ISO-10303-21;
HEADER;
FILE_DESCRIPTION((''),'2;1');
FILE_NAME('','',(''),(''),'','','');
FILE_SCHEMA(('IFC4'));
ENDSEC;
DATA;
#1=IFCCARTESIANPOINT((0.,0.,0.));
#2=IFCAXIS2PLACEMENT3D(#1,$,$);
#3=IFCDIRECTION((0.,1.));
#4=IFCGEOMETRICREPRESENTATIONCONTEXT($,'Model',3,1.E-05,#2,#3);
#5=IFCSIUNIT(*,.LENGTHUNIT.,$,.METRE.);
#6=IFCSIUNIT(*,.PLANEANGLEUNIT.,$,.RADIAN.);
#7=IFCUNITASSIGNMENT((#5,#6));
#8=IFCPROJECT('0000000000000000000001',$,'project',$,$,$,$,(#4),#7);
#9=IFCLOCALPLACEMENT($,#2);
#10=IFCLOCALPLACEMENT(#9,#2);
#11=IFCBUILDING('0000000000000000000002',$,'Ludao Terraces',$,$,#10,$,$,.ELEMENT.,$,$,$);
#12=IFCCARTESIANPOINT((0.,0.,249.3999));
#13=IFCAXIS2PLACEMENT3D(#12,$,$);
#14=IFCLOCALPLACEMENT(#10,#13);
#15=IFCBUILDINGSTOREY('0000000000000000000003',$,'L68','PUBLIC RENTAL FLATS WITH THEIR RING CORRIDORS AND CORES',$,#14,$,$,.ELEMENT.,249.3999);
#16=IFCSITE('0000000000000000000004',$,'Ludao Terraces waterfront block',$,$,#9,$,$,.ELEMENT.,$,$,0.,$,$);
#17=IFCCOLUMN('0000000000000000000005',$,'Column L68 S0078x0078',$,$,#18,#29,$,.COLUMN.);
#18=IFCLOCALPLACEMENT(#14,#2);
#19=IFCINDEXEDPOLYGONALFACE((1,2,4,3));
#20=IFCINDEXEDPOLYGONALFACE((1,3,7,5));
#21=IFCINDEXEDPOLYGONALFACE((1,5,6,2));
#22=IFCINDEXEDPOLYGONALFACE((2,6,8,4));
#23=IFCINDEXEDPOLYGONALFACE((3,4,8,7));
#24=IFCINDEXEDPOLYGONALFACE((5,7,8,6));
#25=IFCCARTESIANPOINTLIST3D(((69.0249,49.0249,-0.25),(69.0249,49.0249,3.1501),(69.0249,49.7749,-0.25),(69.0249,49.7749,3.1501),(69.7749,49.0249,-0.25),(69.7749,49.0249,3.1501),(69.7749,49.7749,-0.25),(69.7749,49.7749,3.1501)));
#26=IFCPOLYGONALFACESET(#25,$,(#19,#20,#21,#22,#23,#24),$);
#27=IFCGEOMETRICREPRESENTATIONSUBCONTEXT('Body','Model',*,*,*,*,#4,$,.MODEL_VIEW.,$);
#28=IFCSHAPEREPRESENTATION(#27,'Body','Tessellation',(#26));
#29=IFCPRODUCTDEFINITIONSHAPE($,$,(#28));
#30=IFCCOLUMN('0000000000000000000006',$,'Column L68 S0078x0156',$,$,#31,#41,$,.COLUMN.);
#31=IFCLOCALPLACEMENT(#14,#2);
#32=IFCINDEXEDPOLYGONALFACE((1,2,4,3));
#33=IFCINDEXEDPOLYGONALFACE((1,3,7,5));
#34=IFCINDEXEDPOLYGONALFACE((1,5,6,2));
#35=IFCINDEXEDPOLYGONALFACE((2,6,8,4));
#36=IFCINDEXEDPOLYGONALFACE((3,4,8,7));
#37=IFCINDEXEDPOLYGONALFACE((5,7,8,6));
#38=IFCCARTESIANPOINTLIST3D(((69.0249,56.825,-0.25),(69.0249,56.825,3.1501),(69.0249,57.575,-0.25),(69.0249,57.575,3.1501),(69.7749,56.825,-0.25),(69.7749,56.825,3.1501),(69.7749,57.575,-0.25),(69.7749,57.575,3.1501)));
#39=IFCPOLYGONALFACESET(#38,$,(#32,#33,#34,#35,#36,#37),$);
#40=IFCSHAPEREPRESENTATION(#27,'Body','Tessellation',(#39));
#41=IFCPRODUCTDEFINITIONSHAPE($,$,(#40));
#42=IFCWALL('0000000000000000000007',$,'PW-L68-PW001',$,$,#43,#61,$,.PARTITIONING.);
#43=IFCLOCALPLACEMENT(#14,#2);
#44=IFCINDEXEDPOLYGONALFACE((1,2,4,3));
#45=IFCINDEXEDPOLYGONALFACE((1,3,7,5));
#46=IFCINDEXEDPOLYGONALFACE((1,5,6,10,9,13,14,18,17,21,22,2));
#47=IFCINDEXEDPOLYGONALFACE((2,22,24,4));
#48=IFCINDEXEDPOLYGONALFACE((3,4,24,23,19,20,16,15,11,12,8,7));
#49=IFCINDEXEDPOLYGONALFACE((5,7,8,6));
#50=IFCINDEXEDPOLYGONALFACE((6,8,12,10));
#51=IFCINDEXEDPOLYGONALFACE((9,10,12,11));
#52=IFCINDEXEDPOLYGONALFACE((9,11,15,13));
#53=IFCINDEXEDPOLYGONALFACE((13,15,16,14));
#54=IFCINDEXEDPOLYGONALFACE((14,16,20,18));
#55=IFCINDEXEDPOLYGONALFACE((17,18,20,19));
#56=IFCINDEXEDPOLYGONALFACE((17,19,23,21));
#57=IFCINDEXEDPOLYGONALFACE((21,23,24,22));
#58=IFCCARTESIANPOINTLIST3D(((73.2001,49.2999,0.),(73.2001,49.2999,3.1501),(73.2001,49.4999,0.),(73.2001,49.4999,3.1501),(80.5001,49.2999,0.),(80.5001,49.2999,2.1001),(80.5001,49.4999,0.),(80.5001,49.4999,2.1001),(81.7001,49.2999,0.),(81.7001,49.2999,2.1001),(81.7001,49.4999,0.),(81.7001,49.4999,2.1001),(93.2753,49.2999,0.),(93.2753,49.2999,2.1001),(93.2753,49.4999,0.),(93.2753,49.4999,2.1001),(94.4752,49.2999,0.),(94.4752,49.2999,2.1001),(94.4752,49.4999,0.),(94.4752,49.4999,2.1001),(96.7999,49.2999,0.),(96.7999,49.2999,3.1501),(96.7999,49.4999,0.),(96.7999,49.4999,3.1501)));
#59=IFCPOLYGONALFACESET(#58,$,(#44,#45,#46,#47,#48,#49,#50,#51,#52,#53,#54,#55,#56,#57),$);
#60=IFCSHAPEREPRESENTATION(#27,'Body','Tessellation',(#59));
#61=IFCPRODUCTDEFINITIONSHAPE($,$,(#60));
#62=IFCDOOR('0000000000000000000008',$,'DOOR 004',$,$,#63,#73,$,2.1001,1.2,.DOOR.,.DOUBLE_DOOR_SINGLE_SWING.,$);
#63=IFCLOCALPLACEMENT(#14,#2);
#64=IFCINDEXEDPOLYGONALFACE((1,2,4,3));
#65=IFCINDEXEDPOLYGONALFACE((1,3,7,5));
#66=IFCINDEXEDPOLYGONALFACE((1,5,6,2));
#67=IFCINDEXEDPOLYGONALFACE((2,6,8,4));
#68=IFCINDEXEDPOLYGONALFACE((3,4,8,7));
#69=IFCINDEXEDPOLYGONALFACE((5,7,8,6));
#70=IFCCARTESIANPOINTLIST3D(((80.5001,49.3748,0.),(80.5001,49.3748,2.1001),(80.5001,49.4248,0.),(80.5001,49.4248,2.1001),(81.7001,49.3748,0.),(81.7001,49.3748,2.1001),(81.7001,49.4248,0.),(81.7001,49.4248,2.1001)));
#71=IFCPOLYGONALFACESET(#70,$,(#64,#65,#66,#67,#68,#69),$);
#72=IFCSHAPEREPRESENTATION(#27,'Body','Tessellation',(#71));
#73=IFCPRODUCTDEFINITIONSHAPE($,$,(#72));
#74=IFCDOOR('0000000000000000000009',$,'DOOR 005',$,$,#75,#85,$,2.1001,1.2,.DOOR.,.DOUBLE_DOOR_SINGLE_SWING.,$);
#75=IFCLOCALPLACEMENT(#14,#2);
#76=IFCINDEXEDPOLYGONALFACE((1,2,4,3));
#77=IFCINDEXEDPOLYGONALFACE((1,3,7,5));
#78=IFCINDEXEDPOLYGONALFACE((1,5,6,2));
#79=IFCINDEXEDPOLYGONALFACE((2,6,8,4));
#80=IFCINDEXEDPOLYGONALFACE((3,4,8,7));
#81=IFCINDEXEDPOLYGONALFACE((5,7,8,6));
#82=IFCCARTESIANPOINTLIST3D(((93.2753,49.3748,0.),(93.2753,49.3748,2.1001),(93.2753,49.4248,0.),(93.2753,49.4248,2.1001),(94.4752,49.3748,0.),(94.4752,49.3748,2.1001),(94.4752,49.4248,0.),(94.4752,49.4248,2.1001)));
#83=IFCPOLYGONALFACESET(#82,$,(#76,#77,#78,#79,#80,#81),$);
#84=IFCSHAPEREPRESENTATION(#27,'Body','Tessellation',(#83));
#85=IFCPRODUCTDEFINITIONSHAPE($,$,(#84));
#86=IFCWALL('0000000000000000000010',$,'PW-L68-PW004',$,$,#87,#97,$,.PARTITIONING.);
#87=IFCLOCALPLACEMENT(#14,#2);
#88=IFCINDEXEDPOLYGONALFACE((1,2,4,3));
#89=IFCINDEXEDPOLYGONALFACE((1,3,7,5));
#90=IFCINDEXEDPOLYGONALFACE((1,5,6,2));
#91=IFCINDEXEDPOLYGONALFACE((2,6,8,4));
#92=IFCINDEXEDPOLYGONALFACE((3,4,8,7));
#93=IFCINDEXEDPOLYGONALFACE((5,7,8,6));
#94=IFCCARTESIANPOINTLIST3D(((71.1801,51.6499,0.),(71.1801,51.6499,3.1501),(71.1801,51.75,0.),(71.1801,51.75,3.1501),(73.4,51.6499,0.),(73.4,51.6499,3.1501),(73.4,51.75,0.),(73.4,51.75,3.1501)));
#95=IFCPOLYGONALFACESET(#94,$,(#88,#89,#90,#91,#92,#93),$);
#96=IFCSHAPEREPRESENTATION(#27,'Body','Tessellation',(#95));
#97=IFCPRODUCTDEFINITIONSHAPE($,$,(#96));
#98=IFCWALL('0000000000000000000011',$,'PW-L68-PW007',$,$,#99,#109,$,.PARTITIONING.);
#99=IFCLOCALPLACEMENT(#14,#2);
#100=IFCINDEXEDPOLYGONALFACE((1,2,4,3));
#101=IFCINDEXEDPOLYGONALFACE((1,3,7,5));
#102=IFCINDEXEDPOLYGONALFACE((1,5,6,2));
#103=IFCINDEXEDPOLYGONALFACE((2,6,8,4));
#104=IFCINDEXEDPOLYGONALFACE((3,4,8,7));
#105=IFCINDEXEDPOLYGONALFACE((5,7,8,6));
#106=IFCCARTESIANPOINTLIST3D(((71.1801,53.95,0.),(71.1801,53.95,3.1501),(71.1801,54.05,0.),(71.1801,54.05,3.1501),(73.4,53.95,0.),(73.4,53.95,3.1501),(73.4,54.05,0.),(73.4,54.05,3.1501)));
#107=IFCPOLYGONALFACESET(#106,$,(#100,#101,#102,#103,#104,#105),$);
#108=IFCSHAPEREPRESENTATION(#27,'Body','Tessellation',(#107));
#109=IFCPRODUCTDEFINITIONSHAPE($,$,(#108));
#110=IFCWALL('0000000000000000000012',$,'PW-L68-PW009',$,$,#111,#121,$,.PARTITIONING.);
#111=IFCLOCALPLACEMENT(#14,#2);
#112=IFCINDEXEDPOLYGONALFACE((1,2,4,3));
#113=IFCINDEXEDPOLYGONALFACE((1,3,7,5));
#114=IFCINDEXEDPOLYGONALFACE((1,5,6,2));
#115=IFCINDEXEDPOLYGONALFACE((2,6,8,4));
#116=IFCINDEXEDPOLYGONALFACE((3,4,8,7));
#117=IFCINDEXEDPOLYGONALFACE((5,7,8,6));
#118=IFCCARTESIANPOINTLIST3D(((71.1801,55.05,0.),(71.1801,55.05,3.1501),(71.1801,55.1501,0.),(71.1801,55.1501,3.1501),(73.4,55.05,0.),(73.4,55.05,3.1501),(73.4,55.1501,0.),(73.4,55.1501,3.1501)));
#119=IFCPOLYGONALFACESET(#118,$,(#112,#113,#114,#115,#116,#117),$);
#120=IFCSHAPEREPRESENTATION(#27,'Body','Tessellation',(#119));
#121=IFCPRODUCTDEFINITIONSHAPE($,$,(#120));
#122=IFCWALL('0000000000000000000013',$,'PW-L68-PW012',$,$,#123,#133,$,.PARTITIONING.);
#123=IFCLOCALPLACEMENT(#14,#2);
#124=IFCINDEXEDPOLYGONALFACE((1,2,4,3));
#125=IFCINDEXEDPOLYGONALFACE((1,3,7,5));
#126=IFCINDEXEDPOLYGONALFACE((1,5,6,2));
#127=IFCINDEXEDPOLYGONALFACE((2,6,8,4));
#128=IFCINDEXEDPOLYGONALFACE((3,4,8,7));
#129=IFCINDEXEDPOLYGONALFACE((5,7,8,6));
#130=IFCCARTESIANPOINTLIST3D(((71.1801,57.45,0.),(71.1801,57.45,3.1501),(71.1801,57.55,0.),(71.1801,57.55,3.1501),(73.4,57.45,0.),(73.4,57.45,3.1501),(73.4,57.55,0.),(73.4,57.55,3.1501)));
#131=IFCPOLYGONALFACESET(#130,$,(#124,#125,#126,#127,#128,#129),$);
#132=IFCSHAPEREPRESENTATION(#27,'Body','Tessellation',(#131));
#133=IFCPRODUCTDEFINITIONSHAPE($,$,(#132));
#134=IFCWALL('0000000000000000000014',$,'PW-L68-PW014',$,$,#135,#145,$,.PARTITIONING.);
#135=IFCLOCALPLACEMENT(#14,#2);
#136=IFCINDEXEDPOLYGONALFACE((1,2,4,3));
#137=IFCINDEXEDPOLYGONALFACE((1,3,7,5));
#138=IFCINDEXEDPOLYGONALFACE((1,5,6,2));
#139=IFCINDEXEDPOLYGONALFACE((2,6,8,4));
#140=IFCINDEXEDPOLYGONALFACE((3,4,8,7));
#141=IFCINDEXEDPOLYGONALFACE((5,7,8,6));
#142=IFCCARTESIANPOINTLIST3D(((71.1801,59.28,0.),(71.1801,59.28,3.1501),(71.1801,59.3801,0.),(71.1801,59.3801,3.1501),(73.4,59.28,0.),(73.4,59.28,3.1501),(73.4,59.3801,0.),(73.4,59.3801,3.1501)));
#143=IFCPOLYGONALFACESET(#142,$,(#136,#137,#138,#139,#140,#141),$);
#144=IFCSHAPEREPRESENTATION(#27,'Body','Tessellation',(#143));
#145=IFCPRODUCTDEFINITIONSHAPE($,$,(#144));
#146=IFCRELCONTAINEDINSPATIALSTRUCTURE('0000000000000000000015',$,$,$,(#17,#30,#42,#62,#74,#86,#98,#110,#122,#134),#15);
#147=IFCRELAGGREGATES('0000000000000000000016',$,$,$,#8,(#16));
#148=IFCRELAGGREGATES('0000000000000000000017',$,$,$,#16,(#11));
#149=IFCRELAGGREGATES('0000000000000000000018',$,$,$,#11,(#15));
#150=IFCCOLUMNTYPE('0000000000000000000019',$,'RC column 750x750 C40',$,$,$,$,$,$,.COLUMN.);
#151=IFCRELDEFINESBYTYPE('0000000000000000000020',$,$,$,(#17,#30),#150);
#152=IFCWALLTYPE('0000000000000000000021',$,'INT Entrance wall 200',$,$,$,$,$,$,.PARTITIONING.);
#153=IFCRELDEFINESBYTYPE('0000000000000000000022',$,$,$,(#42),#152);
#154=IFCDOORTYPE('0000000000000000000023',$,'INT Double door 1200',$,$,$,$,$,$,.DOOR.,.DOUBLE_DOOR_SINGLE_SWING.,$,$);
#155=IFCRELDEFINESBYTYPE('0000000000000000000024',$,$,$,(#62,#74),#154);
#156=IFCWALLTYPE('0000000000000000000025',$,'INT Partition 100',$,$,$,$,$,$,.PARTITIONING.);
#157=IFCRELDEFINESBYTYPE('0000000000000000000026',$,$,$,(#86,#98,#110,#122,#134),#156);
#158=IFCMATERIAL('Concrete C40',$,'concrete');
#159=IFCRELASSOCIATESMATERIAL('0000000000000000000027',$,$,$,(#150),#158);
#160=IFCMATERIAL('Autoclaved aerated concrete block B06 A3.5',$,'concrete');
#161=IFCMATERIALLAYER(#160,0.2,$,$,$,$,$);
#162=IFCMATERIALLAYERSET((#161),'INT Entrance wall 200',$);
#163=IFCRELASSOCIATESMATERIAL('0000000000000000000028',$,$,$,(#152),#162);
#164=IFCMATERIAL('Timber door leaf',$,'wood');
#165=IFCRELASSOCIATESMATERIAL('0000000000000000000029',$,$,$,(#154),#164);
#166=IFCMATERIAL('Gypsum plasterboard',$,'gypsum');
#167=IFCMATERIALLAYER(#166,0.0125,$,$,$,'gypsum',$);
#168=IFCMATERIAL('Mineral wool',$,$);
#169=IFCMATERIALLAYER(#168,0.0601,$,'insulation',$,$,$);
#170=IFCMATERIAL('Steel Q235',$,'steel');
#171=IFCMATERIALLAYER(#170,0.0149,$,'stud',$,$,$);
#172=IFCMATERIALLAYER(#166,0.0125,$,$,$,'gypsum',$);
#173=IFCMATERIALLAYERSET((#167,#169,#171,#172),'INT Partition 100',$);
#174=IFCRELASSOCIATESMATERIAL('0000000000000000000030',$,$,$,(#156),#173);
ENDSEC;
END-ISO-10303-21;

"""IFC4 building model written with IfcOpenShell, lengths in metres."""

from ifc_helpers import new_model, si_unit, direction, frame, frame_2d, origin, origin_2d, place, context, subcontext, project, spatial, rectangle, extrude, material, layer, layer_set, material_profile, profile_set, type_object, element, fill, save


model = new_model("IFC4")

# Units and contexts
model_context = context("Model", 3, precision=1e-05, world=origin(), true_north=direction((0.0, 1.0)))
body_context = subcontext(model_context, "Body", "Model", "MODEL_VIEW")
ifc_project = project(units=[si_unit("LENGTHUNIT", "METRE"), si_unit("PLANEANGLEUNIT", "RADIAN")], contexts=[model_context])

# Site, building, storey
site_placement = place(None, origin())
site = spatial("IfcSite", under=ifc_project, at=site_placement, Name="Ludao Terraces waterfront block", CompositionType="ELEMENT", RefElevation=0.0)
building_placement = place(site_placement, origin())
building = spatial("IfcBuilding", under=site, at=building_placement, Name="Ludao Terraces", CompositionType="ELEMENT")
storey_placement = place(building_placement, frame((0.0, 0.0, 249.3999)))
storey = spatial("IfcBuildingStorey", under=building, at=storey_placement, Name="L68", Description="PUBLIC RENTAL FLATS WITH THEIR RING CORRIDORS AND CORES", CompositionType="ELEMENT", Elevation=249.3999)

# Columns
ifc_material_1 = material(Name="Concrete C40", Category="concrete")
ifc_material_profile = material_profile(ifc_material_1, rectangle(XDim=0.75, YDim=0.75, at=origin_2d()), Name="750 X 750")
ifc_profile_set = profile_set([ifc_material_profile], Name="Concrete C40")
column_type = type_object("IfcColumnType", Name="RC column 750x750 C40", PredefinedType="COLUMN", material=ifc_profile_set)
for number, where, z_axis, x_axis, name in (
    (1, (69.3999, 49.3999, -0.25), (0.0, 0.0, 1.0), (1.0, 0.0, 0.0), "Column L68 S0078x0078"),
    (2, (69.3999, 57.2, -0.25), (0.0, 0.0, 1.0), (1.0, 0.0, 0.0), "Column L68 S0078x0156"),
):
    element("IfcColumn", number, at=place(storey_placement, frame(where, z_axis=z_axis, x_axis=x_axis)), inside=storey, type_object=column_type, Name=name, PredefinedType="COLUMN", context=body_context, shape_type="SweptSolid", body=[
        extrude(rectangle(XDim=0.75, YDim=0.75, at=origin_2d()), origin(), (0.0, 0.0, 1.0), 3.4001),
    ])

# Wall, openings, doors
ifc_material_2 = material(Name="Autoclaved aerated concrete block B06 A3.5", Category="concrete")
ifc_layer_1 = layer(ifc_material_2, 0.2)
ifc_layer_set_1 = layer_set([ifc_layer_1], Name="INT Entrance wall 200")
wall_type_1 = type_object("IfcWallType", Name="INT Entrance wall 200", PredefinedType="PARTITIONING", material=ifc_layer_set_1)
wall_1_placement = place(storey_placement, frame((73.2002, 49.3999, 0.0), z_axis=(0.0, 0.0, 1.0), x_axis=(1.0, 0.0, 0.0)))
wall_1 = element("IfcWall", 3, at=wall_1_placement, inside=storey, type_object=wall_type_1, Name="PW-L68-PW001", PredefinedType="PARTITIONING", context=body_context, shape_type="SweptSolid", body=[
    extrude(rectangle(XDim=23.5999, YDim=0.2, at=frame_2d((11.7998, 0.0))), origin(), (0.0, 0.0, 1.0), 3.1501),
])
opening_1_placement = place(wall_1_placement, frame((7.2998, 0.0, 0.0)))
opening_1 = element("IfcOpeningElement", 4, at=opening_1_placement, cuts=wall_1, PredefinedType="OPENING", context=body_context, shape_type="SweptSolid", body=[
    extrude(rectangle(XDim=1.2, YDim=2.1001, at=frame_2d((0.6001, 1.05))), frame((0.0, 0.1099, 0.0), z_axis=(0.0, -1.0, 0.0), x_axis=(1.0, 0.0, 0.0)), (0.0, 0.0, 1.0), 0.22),
])
opening_2_placement = place(wall_1_placement, frame((20.075, 0.0, 0.0)))
opening_2 = element("IfcOpeningElement", 5, at=opening_2_placement, cuts=wall_1, PredefinedType="OPENING", context=body_context, shape_type="SweptSolid", body=[
    extrude(rectangle(XDim=1.2, YDim=2.1001, at=frame_2d((0.6001, 1.05))), frame((0.0, 0.1099, 0.0), z_axis=(0.0, -1.0, 0.0), x_axis=(1.0, 0.0, 0.0)), (0.0, 0.0, 1.0), 0.22),
])
ifc_material_3 = material(Name="Timber door leaf", Category="wood")
door_type_1 = type_object("IfcDoorType", Name="INT Double door 1200", OperationType="DOUBLE_DOOR_SINGLE_SWING", PredefinedType="DOOR", material=ifc_material_3)
door_1_placement = place(opening_1_placement, origin())
door_1 = element("IfcDoor", 6, at=door_1_placement, inside=storey, type_object=door_type_1, Name="DOOR 004", OperationType="DOUBLE_DOOR_SINGLE_SWING", OverallHeight=2.1001, OverallWidth=1.2, PredefinedType="DOOR", context=body_context, shape_type="SweptSolid", body=[
    extrude(rectangle(XDim=1.2, YDim=2.1001, at=frame_2d((0.6001, 1.05))), frame((0.0, 0.0249, 0.0), z_axis=(0.0, -1.0, 0.0), x_axis=(1.0, 0.0, 0.0)), (0.0, 0.0, 1.0), 0.05),
])
fill(opening_1, door_1)
door_2_placement = place(opening_2_placement, origin())
door_2 = element("IfcDoor", 7, at=door_2_placement, inside=storey, type_object=door_type_1, Name="DOOR 005", OperationType="DOUBLE_DOOR_SINGLE_SWING", OverallHeight=2.1001, OverallWidth=1.2, PredefinedType="DOOR", context=body_context, shape_type="SweptSolid", body=[
    extrude(rectangle(XDim=1.2, YDim=2.1001, at=frame_2d((0.6001, 1.05))), frame((0.0, 0.0249, 0.0), z_axis=(0.0, -1.0, 0.0), x_axis=(1.0, 0.0, 0.0)), (0.0, 0.0, 1.0), 0.05),
])
fill(opening_2, door_2)

# Walls
ifc_material_4 = material(Name="Gypsum plasterboard", Category="gypsum")
ifc_layer_2 = layer(ifc_material_4, 0.0125, Category="gypsum")
ifc_material_5 = material(Name="Mineral wool")
ifc_layer_3 = layer(ifc_material_5, 0.0601, Name="insulation")
ifc_material_6 = material(Name="Steel Q235", Category="steel")
ifc_layer_4 = layer(ifc_material_6, 0.0149, Name="stud")
ifc_layer_5 = layer(ifc_material_4, 0.0125, Category="gypsum")
ifc_layer_set_2 = layer_set([ifc_layer_2, ifc_layer_3, ifc_layer_4, ifc_layer_5], Name="INT Partition 100")
wall_type_2 = type_object("IfcWallType", Name="INT Partition 100", PredefinedType="PARTITIONING", material=ifc_layer_set_2)
for number, where, z_axis, x_axis, name in (
    (8, (71.1802, 51.7, 0.0), (0.0, 0.0, 1.0), (1.0, 0.0, 0.0), "PW-L68-PW004"),
    (9, (71.1802, 54.0, 0.0), (0.0, 0.0, 1.0), (1.0, 0.0, 0.0), "PW-L68-PW007"),
    (10, (71.1802, 55.1001, 0.0), (0.0, 0.0, 1.0), (1.0, 0.0, 0.0), "PW-L68-PW009"),
    (11, (71.1802, 57.5, 0.0), (0.0, 0.0, 1.0), (1.0, 0.0, 0.0), "PW-L68-PW012"),
    (12, (71.1802, 59.3301, 0.0), (0.0, 0.0, 1.0), (1.0, 0.0, 0.0), "PW-L68-PW014"),
):
    element("IfcWall", number, at=place(storey_placement, frame(where, z_axis=z_axis, x_axis=x_axis)), inside=storey, type_object=wall_type_2, Name=name, PredefinedType="PARTITIONING", context=body_context, shape_type="SweptSolid", body=[
        extrude(rectangle(XDim=2.22, YDim=0.1001, at=frame_2d((1.1099, 0.0))), origin(), (0.0, 0.0, 1.0), 3.1501),
    ])

save(model, "model.ifc")
